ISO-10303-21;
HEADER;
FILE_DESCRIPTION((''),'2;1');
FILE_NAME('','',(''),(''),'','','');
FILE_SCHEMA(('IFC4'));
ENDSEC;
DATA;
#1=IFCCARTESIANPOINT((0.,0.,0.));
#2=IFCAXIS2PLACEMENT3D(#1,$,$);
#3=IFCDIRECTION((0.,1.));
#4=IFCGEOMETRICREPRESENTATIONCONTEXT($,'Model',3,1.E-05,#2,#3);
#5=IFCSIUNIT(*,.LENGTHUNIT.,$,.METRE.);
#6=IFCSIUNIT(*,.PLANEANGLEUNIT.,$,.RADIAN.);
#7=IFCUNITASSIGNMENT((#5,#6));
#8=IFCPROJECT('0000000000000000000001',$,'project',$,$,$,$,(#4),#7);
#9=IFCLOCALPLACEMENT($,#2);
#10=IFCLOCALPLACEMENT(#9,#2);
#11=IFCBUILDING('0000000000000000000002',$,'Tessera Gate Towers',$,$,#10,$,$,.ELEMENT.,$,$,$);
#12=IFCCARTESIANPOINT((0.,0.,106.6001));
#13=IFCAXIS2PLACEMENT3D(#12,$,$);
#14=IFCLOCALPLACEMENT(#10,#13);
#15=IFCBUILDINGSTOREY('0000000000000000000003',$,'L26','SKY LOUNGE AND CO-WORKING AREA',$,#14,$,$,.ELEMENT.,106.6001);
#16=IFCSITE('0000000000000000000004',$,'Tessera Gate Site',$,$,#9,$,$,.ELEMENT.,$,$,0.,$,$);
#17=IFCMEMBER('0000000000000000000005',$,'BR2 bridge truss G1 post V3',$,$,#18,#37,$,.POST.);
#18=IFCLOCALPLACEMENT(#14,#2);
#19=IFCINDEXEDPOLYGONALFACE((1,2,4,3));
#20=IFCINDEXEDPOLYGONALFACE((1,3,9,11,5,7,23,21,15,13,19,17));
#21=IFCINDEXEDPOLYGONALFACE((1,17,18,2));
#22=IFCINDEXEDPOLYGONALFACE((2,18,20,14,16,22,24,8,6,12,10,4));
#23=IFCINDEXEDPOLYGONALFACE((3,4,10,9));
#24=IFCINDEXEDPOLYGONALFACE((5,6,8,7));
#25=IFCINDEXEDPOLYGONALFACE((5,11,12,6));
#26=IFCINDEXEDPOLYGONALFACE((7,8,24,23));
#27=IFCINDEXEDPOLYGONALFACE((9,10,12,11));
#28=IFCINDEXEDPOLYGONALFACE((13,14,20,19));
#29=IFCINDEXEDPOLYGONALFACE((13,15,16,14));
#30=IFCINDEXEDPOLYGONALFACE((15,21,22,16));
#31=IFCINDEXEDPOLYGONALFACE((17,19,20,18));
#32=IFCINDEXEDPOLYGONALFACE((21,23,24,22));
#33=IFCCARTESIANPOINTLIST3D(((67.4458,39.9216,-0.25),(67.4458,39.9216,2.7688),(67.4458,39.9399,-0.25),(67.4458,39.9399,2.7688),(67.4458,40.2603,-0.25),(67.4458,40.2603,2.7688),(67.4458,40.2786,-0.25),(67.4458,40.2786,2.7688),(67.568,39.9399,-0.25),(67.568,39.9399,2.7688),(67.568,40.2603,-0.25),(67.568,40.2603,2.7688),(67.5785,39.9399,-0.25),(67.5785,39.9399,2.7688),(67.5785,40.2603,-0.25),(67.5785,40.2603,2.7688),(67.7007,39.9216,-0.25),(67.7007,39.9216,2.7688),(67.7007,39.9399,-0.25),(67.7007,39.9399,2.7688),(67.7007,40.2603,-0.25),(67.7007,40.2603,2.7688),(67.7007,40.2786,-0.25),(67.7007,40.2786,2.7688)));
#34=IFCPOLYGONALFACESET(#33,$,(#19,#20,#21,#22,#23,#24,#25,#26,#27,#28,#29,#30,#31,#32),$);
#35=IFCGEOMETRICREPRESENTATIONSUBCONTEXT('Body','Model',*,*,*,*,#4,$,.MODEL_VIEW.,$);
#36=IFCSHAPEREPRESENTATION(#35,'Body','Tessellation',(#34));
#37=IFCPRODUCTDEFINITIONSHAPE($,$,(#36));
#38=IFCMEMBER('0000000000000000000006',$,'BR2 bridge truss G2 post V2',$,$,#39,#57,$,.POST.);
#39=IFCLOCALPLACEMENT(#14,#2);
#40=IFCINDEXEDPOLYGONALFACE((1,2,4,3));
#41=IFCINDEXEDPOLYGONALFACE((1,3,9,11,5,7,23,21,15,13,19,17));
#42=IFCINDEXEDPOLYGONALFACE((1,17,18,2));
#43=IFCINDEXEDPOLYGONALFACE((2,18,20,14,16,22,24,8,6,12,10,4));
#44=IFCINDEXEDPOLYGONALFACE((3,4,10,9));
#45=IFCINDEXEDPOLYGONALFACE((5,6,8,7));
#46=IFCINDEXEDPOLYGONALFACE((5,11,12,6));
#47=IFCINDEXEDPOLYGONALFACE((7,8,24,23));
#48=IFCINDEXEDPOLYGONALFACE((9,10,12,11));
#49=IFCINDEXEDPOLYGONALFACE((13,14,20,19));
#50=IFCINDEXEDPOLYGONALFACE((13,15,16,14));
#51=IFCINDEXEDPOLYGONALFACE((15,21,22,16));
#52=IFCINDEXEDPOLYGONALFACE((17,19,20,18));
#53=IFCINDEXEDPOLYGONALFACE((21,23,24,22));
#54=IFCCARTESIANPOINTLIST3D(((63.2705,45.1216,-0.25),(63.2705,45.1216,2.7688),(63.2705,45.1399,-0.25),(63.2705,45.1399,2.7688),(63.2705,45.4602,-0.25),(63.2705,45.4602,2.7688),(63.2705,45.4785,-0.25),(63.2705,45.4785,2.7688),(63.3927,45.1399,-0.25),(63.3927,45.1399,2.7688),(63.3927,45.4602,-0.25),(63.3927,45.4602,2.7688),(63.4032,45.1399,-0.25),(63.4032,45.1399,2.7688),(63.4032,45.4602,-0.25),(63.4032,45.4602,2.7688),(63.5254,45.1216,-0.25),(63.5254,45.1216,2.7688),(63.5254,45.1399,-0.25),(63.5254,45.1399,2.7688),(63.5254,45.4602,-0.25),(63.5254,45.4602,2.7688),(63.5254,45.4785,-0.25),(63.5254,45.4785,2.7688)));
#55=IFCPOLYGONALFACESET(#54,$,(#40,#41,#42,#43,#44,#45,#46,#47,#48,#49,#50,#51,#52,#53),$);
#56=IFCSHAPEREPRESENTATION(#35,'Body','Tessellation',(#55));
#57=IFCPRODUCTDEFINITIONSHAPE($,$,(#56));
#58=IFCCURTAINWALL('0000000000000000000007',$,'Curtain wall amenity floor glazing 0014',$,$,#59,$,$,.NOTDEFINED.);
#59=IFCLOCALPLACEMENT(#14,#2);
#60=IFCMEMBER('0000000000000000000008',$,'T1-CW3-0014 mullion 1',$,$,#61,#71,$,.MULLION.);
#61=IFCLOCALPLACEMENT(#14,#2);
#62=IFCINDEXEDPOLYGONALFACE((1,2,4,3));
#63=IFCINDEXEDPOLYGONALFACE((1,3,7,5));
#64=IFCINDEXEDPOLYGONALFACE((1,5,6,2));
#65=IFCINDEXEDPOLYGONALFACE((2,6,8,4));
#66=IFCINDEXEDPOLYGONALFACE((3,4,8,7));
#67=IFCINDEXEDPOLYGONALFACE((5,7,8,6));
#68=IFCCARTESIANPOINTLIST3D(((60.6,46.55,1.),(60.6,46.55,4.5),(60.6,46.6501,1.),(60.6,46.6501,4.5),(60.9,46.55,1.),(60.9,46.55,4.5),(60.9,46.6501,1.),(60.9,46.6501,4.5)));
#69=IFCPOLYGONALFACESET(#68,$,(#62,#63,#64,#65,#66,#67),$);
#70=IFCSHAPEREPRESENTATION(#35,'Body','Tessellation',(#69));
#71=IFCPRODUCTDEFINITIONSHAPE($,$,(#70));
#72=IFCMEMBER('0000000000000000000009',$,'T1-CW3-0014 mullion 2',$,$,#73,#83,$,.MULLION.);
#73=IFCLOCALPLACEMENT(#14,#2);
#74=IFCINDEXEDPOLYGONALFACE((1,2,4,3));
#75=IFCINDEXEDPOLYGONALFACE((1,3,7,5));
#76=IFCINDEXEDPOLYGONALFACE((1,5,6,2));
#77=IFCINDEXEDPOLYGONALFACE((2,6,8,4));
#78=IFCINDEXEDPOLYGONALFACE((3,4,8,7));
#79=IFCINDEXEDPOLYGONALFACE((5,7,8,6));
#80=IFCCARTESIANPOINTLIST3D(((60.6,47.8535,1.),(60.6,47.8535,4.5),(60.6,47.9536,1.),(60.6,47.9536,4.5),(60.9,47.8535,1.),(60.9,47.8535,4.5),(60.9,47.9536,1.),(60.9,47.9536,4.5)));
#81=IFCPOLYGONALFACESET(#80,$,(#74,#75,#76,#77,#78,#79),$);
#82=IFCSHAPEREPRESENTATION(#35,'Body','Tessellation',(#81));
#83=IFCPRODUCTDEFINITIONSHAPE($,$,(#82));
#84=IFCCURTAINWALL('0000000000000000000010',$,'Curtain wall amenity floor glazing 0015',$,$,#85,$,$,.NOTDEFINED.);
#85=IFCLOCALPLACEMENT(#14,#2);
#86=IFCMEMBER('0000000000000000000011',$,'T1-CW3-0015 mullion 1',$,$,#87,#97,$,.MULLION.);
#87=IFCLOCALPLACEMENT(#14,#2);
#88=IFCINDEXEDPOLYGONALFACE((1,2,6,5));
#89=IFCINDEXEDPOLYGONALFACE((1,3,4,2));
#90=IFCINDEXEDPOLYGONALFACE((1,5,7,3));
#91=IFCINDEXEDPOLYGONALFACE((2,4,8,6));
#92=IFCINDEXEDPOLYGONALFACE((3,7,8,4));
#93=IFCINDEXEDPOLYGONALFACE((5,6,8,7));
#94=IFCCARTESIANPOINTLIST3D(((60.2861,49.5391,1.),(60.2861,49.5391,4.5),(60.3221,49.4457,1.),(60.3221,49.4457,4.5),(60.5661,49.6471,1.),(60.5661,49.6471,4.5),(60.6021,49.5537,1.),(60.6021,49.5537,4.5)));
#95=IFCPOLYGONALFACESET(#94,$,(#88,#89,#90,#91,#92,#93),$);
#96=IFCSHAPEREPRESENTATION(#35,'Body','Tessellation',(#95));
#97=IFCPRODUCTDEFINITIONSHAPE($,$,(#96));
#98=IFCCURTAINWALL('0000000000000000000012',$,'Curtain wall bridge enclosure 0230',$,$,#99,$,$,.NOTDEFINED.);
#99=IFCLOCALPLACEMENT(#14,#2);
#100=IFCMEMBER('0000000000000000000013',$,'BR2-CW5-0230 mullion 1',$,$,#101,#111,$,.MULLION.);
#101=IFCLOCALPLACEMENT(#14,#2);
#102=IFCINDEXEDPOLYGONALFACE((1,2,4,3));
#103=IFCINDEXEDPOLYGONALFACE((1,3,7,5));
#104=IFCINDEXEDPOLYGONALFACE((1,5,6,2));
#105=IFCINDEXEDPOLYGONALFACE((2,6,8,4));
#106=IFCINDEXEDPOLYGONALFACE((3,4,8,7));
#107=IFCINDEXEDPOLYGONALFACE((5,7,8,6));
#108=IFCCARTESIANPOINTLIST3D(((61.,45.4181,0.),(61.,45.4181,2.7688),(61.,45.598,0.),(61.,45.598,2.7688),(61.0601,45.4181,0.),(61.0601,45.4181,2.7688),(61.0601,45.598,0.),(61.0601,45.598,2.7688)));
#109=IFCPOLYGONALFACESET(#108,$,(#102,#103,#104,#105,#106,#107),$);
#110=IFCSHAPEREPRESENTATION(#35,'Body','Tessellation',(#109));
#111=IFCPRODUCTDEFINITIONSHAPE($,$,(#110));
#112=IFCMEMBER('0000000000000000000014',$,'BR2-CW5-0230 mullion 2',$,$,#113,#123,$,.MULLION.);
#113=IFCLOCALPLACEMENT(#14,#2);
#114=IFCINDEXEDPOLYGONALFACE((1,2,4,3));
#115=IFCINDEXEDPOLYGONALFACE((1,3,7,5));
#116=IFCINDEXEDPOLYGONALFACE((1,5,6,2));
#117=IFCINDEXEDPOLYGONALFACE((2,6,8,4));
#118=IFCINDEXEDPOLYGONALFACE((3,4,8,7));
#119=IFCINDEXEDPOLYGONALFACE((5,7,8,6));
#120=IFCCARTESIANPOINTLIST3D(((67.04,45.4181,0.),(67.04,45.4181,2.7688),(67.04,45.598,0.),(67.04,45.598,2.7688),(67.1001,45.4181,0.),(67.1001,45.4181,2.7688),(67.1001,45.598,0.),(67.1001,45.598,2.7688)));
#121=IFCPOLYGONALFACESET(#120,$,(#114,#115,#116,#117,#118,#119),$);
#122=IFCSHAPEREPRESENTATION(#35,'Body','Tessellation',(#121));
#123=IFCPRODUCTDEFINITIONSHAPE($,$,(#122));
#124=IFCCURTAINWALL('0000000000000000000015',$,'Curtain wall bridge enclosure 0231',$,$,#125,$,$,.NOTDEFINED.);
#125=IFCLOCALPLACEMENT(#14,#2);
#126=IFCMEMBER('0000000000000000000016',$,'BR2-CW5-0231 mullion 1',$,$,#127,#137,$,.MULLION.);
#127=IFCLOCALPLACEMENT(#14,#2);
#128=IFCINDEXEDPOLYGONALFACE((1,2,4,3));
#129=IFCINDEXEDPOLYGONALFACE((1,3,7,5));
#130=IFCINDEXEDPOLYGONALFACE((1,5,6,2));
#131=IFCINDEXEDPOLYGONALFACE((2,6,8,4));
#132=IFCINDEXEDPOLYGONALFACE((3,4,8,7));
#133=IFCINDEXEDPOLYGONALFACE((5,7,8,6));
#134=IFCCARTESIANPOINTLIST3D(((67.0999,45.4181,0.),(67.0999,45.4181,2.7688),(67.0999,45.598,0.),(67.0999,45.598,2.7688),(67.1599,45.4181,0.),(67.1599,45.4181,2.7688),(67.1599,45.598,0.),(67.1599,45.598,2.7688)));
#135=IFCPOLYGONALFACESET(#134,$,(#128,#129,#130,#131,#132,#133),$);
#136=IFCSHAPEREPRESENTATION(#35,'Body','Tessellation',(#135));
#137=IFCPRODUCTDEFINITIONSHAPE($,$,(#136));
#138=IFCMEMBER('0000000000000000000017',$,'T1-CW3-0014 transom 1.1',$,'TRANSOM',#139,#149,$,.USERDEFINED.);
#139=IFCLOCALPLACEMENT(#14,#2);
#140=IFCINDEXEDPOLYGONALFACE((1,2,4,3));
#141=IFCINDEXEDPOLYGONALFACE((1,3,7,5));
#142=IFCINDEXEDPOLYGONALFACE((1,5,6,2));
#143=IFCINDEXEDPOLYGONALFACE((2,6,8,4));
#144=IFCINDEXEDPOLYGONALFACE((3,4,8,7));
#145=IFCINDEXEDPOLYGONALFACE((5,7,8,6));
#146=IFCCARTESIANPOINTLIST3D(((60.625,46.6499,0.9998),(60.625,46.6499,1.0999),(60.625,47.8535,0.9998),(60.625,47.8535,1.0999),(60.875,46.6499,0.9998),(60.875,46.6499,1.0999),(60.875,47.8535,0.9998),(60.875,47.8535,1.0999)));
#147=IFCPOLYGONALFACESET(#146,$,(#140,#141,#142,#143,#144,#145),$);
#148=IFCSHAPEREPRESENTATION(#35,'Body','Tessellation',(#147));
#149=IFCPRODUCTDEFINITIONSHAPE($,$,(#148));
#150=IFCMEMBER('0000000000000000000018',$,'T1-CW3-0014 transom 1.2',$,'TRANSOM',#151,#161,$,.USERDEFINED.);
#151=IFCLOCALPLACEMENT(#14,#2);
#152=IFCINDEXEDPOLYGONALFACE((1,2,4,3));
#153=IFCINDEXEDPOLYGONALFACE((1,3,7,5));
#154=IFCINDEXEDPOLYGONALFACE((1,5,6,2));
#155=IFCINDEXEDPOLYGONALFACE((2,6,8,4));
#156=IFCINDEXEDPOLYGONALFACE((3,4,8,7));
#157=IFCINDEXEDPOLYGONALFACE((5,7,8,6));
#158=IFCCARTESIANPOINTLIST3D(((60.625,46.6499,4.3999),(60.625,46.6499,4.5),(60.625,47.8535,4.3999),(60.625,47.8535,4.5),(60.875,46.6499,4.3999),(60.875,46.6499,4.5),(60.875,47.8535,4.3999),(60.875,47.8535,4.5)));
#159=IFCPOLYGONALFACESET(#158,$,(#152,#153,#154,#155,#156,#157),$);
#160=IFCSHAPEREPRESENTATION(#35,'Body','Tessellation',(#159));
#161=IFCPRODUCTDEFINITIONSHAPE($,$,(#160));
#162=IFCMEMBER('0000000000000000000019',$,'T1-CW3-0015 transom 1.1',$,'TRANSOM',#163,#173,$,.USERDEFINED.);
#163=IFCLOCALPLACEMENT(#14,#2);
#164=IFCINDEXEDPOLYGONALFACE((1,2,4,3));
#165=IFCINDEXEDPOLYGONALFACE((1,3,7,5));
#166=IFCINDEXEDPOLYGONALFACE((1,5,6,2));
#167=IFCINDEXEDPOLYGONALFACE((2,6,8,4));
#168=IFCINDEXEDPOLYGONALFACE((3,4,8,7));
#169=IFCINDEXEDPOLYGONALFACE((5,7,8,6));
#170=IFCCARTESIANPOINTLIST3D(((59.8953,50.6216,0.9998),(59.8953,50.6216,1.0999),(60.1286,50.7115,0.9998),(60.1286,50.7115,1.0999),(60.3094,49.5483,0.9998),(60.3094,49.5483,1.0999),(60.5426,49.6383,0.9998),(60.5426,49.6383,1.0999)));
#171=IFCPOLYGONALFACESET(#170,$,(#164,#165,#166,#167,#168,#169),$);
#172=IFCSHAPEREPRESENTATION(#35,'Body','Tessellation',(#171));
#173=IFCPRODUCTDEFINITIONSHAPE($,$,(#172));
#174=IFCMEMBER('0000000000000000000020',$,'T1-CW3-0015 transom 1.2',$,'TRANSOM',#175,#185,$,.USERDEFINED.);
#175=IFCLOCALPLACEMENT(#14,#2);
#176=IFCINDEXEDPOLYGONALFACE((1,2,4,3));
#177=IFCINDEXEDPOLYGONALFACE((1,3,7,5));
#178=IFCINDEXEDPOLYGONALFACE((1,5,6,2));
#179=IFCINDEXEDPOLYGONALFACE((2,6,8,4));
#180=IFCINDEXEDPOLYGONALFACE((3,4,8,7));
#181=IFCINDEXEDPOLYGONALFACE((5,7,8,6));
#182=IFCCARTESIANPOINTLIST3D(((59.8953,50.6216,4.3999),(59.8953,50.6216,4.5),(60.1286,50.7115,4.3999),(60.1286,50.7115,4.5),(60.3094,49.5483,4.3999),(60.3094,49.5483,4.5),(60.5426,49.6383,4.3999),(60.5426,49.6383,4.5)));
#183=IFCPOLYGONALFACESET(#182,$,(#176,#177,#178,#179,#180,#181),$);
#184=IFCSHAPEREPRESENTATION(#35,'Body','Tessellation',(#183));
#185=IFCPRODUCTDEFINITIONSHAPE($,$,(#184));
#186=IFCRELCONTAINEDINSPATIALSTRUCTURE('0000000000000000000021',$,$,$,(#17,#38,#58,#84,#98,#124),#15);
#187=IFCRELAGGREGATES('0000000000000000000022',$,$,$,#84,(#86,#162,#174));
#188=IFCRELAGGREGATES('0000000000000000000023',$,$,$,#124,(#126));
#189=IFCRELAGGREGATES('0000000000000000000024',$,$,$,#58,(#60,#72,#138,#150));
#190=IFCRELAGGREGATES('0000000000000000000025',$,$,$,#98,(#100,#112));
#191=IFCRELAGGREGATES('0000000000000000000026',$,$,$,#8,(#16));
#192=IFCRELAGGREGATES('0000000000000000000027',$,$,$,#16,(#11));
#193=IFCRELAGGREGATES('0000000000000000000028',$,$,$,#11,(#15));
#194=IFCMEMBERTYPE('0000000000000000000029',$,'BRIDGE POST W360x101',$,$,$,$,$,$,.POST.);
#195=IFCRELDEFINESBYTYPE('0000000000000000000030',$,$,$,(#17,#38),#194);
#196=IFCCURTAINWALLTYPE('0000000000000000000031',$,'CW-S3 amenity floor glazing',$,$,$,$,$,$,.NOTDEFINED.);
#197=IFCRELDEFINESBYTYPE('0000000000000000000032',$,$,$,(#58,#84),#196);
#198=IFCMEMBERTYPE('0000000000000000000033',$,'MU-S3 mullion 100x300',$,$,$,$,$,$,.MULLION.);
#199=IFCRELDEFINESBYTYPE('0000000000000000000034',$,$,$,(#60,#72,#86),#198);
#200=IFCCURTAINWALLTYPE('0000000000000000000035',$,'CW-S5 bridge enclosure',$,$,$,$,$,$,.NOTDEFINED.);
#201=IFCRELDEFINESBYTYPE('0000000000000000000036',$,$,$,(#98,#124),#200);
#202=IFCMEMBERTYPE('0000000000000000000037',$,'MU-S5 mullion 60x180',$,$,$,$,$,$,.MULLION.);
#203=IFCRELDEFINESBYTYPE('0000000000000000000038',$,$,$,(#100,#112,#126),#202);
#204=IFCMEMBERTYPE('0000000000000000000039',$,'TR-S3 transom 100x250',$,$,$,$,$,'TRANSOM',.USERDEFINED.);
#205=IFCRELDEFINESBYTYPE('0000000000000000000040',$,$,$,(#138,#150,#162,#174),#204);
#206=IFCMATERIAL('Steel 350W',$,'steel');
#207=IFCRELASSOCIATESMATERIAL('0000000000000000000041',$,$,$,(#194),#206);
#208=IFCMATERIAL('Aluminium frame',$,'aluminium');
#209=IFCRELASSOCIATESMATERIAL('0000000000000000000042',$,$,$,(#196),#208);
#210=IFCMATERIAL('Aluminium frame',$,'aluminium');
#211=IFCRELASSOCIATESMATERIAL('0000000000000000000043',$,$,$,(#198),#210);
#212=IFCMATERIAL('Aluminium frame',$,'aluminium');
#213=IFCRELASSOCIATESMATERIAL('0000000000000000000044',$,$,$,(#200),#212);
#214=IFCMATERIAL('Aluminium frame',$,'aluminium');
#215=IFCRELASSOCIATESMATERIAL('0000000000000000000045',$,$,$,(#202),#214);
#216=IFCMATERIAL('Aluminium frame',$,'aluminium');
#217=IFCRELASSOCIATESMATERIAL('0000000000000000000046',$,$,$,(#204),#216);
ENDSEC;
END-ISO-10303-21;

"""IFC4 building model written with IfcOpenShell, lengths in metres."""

from ifc_helpers import new_model, si_unit, direction, frame, origin, origin_2d, place, context, subcontext, project, spatial, rectangle, i_section, extrude, material, material_profile, profile_set, type_object, element, aggregate, save


model = new_model("IFC4")

# Units and contexts
model_context = context("Model", 3, precision=1e-05, world=origin(), true_north=direction((0.0, 1.0)))
body_context = subcontext(model_context, "Body", "Model", "MODEL_VIEW")
ifc_project = project(units=[si_unit("LENGTHUNIT", "METRE"), si_unit("PLANEANGLEUNIT", "RADIAN")], contexts=[model_context])

# Site, building, storey
site_placement = place(None, origin())
site = spatial("IfcSite", under=ifc_project, at=site_placement, Name="Tessera Gate Site", CompositionType="ELEMENT", RefElevation=0.0)
building_placement = place(site_placement, origin())
building = spatial("IfcBuilding", under=site, at=building_placement, Name="Tessera Gate Towers", CompositionType="ELEMENT")
storey_placement = place(building_placement, frame((0.0, 0.0, 106.6001)))
storey = spatial("IfcBuildingStorey", under=building, at=storey_placement, Name="L26", Description="SKY LOUNGE AND CO-WORKING AREA", CompositionType="ELEMENT", Elevation=106.6001)

# Members
ifc_material_1 = material(Name="Steel 350W", Category="steel")
ifc_material_profile_1 = material_profile(ifc_material_1, i_section(OverallWidth=0.2549, OverallDepth=0.3569, WebThickness=0.0105, FlangeThickness=0.0183, at=origin_2d()), Name="W360x101")
ifc_profile_set_1 = profile_set([ifc_material_profile_1], Name="Steel 350W")
member_type_1 = type_object("IfcMemberType", Name="BRIDGE POST W360x101", PredefinedType="POST", material=ifc_profile_set_1)
for number, where, z_axis, x_axis, name in (
    (1, (67.5732, 40.1001, -0.25), (0.0, 0.0, 1.0), (1.0, 0.0, 0.0), "BR2 bridge truss G1 post V3"),
    (2, (63.3979, 45.3, -0.25), (0.0, 0.0, 1.0), (1.0, 0.0, 0.0), "BR2 bridge truss G2 post V2"),
):
    element("IfcMember", number, at=place(storey_placement, frame(where, z_axis=z_axis, x_axis=x_axis)), inside=storey, type_object=member_type_1, Name=name, PredefinedType="POST", context=body_context, shape_type="SweptSolid", body=[
        extrude(i_section(OverallWidth=0.2549, OverallDepth=0.3569, WebThickness=0.0105, FlangeThickness=0.0183, at=origin_2d()), origin(), (0.0, 0.0, 1.0), 3.0188),
    ])

# Curtain wall, members
ifc_material_2 = material(Name="Aluminium frame", Category="aluminium")
curtain_wall_type_1 = type_object("IfcCurtainWallType", Name="CW-S3 amenity floor glazing", PredefinedType="NOTDEFINED", material=ifc_material_2)
curtain_wall_1_placement = place(storey_placement, origin())
curtain_wall_1 = element("IfcCurtainWall", 3, at=curtain_wall_1_placement, inside=storey, type_object=curtain_wall_type_1, Name="Curtain wall amenity floor glazing 0014", PredefinedType="NOTDEFINED")
ifc_material_3 = material(Name="Aluminium frame", Category="aluminium")
ifc_material_profile_2 = material_profile(ifc_material_3, rectangle(XDim=0.1001, YDim=0.3, at=origin_2d()), Name="AL 100x300")
ifc_profile_set_2 = profile_set([ifc_material_profile_2], Name="Aluminium frame")
member_type_2 = type_object("IfcMemberType", Name="MU-S3 mullion 100x300", PredefinedType="MULLION", material=ifc_profile_set_2)
member_1_placement = place(storey_placement, frame((60.75, 46.6001, 1.0), z_axis=(0.0, 0.0, 1.0), x_axis=(0.0, 1.0, 0.0)))
member_1 = element("IfcMember", 4, at=member_1_placement, type_object=member_type_2, Name="T1-CW3-0014 mullion 1", PredefinedType="MULLION", context=body_context, shape_type="SweptSolid", body=[
    extrude(rectangle(XDim=0.1001, YDim=0.3, at=origin_2d()), origin(), (0.0, 0.0, 1.0), 3.5),
])
member_2_placement = place(storey_placement, frame((60.75, 47.9036, 1.0), z_axis=(0.0, 0.0, 1.0), x_axis=(0.0, 1.0, 0.0)))
member_2 = element("IfcMember", 5, at=member_2_placement, type_object=member_type_2, Name="T1-CW3-0014 mullion 2", PredefinedType="MULLION", context=body_context, shape_type="SweptSolid", body=[
    extrude(rectangle(XDim=0.1001, YDim=0.3, at=origin_2d()), origin(), (0.0, 0.0, 1.0), 3.5),
])

# Curtain wall, member
curtain_wall_2_placement = place(storey_placement, origin())
curtain_wall_2 = element("IfcCurtainWall", 6, at=curtain_wall_2_placement, inside=storey, type_object=curtain_wall_type_1, Name="Curtain wall amenity floor glazing 0015", PredefinedType="NOTDEFINED")
member_3_placement = place(storey_placement, frame((60.4441, 49.5464, 1.0), z_axis=(0.0, 0.0, 1.0), x_axis=(-0.359904, 0.932989, 0.0)))
member_3 = element("IfcMember", 7, at=member_3_placement, type_object=member_type_2, Name="T1-CW3-0015 mullion 1", PredefinedType="MULLION", context=body_context, shape_type="SweptSolid", body=[
    extrude(rectangle(XDim=0.1001, YDim=0.3, at=origin_2d()), origin(), (0.0, 0.0, 1.0), 3.5),
])

# Curtain wall, members
ifc_material_4 = material(Name="Aluminium frame", Category="aluminium")
curtain_wall_type_2 = type_object("IfcCurtainWallType", Name="CW-S5 bridge enclosure", PredefinedType="NOTDEFINED", material=ifc_material_4)
curtain_wall_3_placement = place(storey_placement, origin())
curtain_wall_3 = element("IfcCurtainWall", 8, at=curtain_wall_3_placement, inside=storey, type_object=curtain_wall_type_2, Name="Curtain wall bridge enclosure 0230", PredefinedType="NOTDEFINED")
ifc_material_5 = material(Name="Aluminium frame", Category="aluminium")
ifc_material_profile_3 = material_profile(ifc_material_5, rectangle(XDim=0.0601, YDim=0.1799, at=origin_2d()), Name="AL 60x180")
ifc_profile_set_3 = profile_set([ifc_material_profile_3], Name="Aluminium frame")
member_type_3 = type_object("IfcMemberType", Name="MU-S5 mullion 60x180", PredefinedType="MULLION", material=ifc_profile_set_3)
member_4_placement = place(storey_placement, frame((61.03, 45.5081, 0.0), z_axis=(0.0, 0.0, 1.0), x_axis=(1.0, 0.0, 0.0)))
member_4 = element("IfcMember", 9, at=member_4_placement, type_object=member_type_3, Name="BR2-CW5-0230 mullion 1", PredefinedType="MULLION", context=body_context, shape_type="SweptSolid", body=[
    extrude(rectangle(XDim=0.0601, YDim=0.1799, at=origin_2d()), origin(), (0.0, 0.0, 1.0), 2.7688),
])
member_5_placement = place(storey_placement, frame((67.0701, 45.5081, 0.0), z_axis=(0.0, 0.0, 1.0), x_axis=(1.0, 0.0, 0.0)))
member_5 = element("IfcMember", 10, at=member_5_placement, type_object=member_type_3, Name="BR2-CW5-0230 mullion 2", PredefinedType="MULLION", context=body_context, shape_type="SweptSolid", body=[
    extrude(rectangle(XDim=0.0601, YDim=0.1799, at=origin_2d()), origin(), (0.0, 0.0, 1.0), 2.7688),
])

# Curtain wall, member
curtain_wall_4_placement = place(storey_placement, origin())
curtain_wall_4 = element("IfcCurtainWall", 11, at=curtain_wall_4_placement, inside=storey, type_object=curtain_wall_type_2, Name="Curtain wall bridge enclosure 0231", PredefinedType="NOTDEFINED")
member_6_placement = place(storey_placement, frame((67.1299, 45.5081, 0.0), z_axis=(0.0, 0.0, 1.0), x_axis=(1.0, 0.0, 0.0)))
member_6 = element("IfcMember", 12, at=member_6_placement, type_object=member_type_3, Name="BR2-CW5-0231 mullion 1", PredefinedType="MULLION", context=body_context, shape_type="SweptSolid", body=[
    extrude(rectangle(XDim=0.0601, YDim=0.1799, at=origin_2d()), origin(), (0.0, 0.0, 1.0), 2.7688),
])

# Members
ifc_material_6 = material(Name="Aluminium frame", Category="aluminium")
ifc_material_profile_4 = material_profile(ifc_material_6, rectangle(XDim=0.25, YDim=0.1001, at=origin_2d()), Name="AL 100x250")
ifc_profile_set_4 = profile_set([ifc_material_profile_4], Name="Aluminium frame")
member_type_4 = type_object("IfcMemberType", Name="TR-S3 transom 100x250", ElementType="TRANSOM", PredefinedType="USERDEFINED", material=ifc_profile_set_4)
member_7_placement = place(storey_placement, frame((60.75, 46.6499, 1.0498), z_axis=(0.0, 1.0, 0.0), x_axis=(-1.0, 0.0, 0.0)))
member_7 = element("IfcMember", 13, at=member_7_placement, type_object=member_type_4, Name="T1-CW3-0014 transom 1.1", ObjectType="TRANSOM", PredefinedType="USERDEFINED", context=body_context, shape_type="SweptSolid", body=[
    extrude(rectangle(XDim=0.25, YDim=0.1001, at=origin_2d()), origin(), (0.0, 0.0, 1.0), 1.2036),
])
member_8_placement = place(storey_placement, frame((60.75, 46.6499, 4.45), z_axis=(0.0, 1.0, 0.0), x_axis=(-1.0, 0.0, 0.0)))
member_8 = element("IfcMember", 14, at=member_8_placement, type_object=member_type_4, Name="T1-CW3-0014 transom 1.2", ObjectType="TRANSOM", PredefinedType="USERDEFINED", context=body_context, shape_type="SweptSolid", body=[
    extrude(rectangle(XDim=0.25, YDim=0.1001, at=origin_2d()), origin(), (0.0, 0.0, 1.0), 1.2036),
])
member_9_placement = place(storey_placement, frame((60.426, 49.5933, 1.0498), z_axis=(-0.359946, 0.932973, 0.0), x_axis=(-0.932973, -0.359946, 0.0)))
member_9 = element("IfcMember", 15, at=member_9_placement, type_object=member_type_4, Name="T1-CW3-0015 transom 1.1", ObjectType="TRANSOM", PredefinedType="USERDEFINED", context=body_context, shape_type="SweptSolid", body=[
    extrude(rectangle(XDim=0.25, YDim=0.1001, at=origin_2d()), origin(), (0.0, 0.0, 1.0), 1.1504),
])
member_10_placement = place(storey_placement, frame((60.426, 49.5933, 4.45), z_axis=(-0.359946, 0.932973, 0.0), x_axis=(-0.932973, -0.359946, 0.0)))
member_10 = element("IfcMember", 16, at=member_10_placement, type_object=member_type_4, Name="T1-CW3-0015 transom 1.2", ObjectType="TRANSOM", PredefinedType="USERDEFINED", context=body_context, shape_type="SweptSolid", body=[
    extrude(rectangle(XDim=0.25, YDim=0.1001, at=origin_2d()), origin(), (0.0, 0.0, 1.0), 1.1504),
])
aggregate(curtain_wall_2, [member_3, member_9, member_10])
aggregate(curtain_wall_4, [member_6])

aggregate(curtain_wall_1, [member_1, member_2, member_7, member_8])
aggregate(curtain_wall_3, [member_4, member_5])

save(model, "model.ifc")
